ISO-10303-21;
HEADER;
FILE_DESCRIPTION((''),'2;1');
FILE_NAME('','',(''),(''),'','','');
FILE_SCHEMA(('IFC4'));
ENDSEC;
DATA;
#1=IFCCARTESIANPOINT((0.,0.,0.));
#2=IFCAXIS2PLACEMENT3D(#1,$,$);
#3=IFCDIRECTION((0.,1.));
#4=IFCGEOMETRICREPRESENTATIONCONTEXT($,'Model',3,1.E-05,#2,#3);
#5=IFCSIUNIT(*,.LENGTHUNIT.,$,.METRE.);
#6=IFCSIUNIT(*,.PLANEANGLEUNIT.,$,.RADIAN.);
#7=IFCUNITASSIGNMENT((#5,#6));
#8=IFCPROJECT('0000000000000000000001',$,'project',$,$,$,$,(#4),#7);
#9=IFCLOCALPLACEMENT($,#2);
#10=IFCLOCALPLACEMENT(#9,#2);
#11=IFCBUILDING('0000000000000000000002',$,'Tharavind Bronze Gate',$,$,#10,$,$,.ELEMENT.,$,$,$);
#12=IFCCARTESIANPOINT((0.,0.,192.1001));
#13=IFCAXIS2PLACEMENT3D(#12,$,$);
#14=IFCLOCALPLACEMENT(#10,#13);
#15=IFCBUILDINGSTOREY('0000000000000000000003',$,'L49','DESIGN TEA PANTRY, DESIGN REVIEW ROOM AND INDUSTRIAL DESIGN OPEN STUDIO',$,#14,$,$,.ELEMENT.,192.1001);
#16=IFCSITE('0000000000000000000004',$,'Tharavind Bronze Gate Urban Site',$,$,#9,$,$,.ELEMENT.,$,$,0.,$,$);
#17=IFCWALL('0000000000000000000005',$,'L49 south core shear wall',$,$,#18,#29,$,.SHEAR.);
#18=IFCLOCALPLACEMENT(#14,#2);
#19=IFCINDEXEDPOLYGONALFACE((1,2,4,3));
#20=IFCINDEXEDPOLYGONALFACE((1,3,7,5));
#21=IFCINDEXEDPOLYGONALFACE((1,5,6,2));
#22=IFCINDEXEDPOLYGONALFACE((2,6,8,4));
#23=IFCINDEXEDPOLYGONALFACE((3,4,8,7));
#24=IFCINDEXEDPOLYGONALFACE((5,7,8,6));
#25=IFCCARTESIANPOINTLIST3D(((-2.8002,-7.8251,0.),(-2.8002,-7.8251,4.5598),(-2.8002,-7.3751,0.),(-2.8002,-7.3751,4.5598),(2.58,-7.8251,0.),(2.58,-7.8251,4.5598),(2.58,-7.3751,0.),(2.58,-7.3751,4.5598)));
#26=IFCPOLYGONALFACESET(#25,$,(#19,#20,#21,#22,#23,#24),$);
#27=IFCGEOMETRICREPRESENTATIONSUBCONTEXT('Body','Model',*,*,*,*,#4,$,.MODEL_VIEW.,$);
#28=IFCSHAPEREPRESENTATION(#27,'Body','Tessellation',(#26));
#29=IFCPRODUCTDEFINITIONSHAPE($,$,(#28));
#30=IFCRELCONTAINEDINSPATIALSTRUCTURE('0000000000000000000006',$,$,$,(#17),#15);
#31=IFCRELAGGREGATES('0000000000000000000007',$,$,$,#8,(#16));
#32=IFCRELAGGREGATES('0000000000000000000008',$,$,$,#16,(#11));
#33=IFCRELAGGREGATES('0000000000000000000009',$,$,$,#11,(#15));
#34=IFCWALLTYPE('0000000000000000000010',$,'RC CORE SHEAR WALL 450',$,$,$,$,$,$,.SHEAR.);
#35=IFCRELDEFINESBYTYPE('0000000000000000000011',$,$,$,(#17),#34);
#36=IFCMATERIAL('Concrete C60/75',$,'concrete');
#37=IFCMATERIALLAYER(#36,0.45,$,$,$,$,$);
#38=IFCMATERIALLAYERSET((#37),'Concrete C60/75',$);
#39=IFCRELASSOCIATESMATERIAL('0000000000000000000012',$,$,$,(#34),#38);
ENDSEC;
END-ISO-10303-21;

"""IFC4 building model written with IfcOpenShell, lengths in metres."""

from ifc_helpers import new_model, si_unit, direction, frame, frame_2d, origin, place, context, subcontext, project, spatial, rectangle, extrude, material, layer, layer_set, type_object, element, save


model = new_model("IFC4")

# Units and contexts
model_context = context("Model", 3, precision=1e-05, world=origin(), true_north=direction((0.0, 1.0)))
body_context = subcontext(model_context, "Body", "Model", "MODEL_VIEW")
ifc_project = project(units=[si_unit("LENGTHUNIT", "METRE"), si_unit("PLANEANGLEUNIT", "RADIAN")], contexts=[model_context])

# Site, building, storey
site_placement = place(None, origin())
site = spatial("IfcSite", under=ifc_project, at=site_placement, Name="Tharavind Bronze Gate Urban Site", CompositionType="ELEMENT", RefElevation=0.0)
building_placement = place(site_placement, origin())
building = spatial("IfcBuilding", under=site, at=building_placement, Name="Tharavind Bronze Gate", CompositionType="ELEMENT")
storey_placement = place(building_placement, frame((0.0, 0.0, 192.1001)))
storey = spatial("IfcBuildingStorey", under=building, at=storey_placement, Name="L49", Description="DESIGN TEA PANTRY, DESIGN REVIEW ROOM AND INDUSTRIAL DESIGN OPEN STUDIO", CompositionType="ELEMENT", Elevation=192.1001)

# Shared definitions
ifc_material_1 = material(Name="Concrete C60/75", Category="concrete")

# Wall
ifc_layer_1 = layer(ifc_material_1, 0.45)
ifc_layer_set_1 = layer_set([ifc_layer_1], Name="Concrete C60/75")
wall_type_1 = type_object("IfcWallType", Name="RC CORE SHEAR WALL 450", PredefinedType="SHEAR", material=ifc_layer_set_1)
wall_1_placement = place(storey_placement, frame((-2.8, -7.6001, 0.0), z_axis=(0.0, 0.0, 1.0), x_axis=(1.0, 0.0, 0.0)))
element("IfcWall", 1, at=wall_1_placement, inside=storey, type_object=wall_type_1, Name="L49 south core shear wall", PredefinedType="SHEAR", context=body_context, shape_type="SweptSolid", body=[
    extrude(rectangle(XDim=5.3801, YDim=0.45, at=frame_2d((2.6899, 0.0))), origin(), (0.0, 0.0, 1.0), 4.5598),
])

save(model, "model.ifc")
